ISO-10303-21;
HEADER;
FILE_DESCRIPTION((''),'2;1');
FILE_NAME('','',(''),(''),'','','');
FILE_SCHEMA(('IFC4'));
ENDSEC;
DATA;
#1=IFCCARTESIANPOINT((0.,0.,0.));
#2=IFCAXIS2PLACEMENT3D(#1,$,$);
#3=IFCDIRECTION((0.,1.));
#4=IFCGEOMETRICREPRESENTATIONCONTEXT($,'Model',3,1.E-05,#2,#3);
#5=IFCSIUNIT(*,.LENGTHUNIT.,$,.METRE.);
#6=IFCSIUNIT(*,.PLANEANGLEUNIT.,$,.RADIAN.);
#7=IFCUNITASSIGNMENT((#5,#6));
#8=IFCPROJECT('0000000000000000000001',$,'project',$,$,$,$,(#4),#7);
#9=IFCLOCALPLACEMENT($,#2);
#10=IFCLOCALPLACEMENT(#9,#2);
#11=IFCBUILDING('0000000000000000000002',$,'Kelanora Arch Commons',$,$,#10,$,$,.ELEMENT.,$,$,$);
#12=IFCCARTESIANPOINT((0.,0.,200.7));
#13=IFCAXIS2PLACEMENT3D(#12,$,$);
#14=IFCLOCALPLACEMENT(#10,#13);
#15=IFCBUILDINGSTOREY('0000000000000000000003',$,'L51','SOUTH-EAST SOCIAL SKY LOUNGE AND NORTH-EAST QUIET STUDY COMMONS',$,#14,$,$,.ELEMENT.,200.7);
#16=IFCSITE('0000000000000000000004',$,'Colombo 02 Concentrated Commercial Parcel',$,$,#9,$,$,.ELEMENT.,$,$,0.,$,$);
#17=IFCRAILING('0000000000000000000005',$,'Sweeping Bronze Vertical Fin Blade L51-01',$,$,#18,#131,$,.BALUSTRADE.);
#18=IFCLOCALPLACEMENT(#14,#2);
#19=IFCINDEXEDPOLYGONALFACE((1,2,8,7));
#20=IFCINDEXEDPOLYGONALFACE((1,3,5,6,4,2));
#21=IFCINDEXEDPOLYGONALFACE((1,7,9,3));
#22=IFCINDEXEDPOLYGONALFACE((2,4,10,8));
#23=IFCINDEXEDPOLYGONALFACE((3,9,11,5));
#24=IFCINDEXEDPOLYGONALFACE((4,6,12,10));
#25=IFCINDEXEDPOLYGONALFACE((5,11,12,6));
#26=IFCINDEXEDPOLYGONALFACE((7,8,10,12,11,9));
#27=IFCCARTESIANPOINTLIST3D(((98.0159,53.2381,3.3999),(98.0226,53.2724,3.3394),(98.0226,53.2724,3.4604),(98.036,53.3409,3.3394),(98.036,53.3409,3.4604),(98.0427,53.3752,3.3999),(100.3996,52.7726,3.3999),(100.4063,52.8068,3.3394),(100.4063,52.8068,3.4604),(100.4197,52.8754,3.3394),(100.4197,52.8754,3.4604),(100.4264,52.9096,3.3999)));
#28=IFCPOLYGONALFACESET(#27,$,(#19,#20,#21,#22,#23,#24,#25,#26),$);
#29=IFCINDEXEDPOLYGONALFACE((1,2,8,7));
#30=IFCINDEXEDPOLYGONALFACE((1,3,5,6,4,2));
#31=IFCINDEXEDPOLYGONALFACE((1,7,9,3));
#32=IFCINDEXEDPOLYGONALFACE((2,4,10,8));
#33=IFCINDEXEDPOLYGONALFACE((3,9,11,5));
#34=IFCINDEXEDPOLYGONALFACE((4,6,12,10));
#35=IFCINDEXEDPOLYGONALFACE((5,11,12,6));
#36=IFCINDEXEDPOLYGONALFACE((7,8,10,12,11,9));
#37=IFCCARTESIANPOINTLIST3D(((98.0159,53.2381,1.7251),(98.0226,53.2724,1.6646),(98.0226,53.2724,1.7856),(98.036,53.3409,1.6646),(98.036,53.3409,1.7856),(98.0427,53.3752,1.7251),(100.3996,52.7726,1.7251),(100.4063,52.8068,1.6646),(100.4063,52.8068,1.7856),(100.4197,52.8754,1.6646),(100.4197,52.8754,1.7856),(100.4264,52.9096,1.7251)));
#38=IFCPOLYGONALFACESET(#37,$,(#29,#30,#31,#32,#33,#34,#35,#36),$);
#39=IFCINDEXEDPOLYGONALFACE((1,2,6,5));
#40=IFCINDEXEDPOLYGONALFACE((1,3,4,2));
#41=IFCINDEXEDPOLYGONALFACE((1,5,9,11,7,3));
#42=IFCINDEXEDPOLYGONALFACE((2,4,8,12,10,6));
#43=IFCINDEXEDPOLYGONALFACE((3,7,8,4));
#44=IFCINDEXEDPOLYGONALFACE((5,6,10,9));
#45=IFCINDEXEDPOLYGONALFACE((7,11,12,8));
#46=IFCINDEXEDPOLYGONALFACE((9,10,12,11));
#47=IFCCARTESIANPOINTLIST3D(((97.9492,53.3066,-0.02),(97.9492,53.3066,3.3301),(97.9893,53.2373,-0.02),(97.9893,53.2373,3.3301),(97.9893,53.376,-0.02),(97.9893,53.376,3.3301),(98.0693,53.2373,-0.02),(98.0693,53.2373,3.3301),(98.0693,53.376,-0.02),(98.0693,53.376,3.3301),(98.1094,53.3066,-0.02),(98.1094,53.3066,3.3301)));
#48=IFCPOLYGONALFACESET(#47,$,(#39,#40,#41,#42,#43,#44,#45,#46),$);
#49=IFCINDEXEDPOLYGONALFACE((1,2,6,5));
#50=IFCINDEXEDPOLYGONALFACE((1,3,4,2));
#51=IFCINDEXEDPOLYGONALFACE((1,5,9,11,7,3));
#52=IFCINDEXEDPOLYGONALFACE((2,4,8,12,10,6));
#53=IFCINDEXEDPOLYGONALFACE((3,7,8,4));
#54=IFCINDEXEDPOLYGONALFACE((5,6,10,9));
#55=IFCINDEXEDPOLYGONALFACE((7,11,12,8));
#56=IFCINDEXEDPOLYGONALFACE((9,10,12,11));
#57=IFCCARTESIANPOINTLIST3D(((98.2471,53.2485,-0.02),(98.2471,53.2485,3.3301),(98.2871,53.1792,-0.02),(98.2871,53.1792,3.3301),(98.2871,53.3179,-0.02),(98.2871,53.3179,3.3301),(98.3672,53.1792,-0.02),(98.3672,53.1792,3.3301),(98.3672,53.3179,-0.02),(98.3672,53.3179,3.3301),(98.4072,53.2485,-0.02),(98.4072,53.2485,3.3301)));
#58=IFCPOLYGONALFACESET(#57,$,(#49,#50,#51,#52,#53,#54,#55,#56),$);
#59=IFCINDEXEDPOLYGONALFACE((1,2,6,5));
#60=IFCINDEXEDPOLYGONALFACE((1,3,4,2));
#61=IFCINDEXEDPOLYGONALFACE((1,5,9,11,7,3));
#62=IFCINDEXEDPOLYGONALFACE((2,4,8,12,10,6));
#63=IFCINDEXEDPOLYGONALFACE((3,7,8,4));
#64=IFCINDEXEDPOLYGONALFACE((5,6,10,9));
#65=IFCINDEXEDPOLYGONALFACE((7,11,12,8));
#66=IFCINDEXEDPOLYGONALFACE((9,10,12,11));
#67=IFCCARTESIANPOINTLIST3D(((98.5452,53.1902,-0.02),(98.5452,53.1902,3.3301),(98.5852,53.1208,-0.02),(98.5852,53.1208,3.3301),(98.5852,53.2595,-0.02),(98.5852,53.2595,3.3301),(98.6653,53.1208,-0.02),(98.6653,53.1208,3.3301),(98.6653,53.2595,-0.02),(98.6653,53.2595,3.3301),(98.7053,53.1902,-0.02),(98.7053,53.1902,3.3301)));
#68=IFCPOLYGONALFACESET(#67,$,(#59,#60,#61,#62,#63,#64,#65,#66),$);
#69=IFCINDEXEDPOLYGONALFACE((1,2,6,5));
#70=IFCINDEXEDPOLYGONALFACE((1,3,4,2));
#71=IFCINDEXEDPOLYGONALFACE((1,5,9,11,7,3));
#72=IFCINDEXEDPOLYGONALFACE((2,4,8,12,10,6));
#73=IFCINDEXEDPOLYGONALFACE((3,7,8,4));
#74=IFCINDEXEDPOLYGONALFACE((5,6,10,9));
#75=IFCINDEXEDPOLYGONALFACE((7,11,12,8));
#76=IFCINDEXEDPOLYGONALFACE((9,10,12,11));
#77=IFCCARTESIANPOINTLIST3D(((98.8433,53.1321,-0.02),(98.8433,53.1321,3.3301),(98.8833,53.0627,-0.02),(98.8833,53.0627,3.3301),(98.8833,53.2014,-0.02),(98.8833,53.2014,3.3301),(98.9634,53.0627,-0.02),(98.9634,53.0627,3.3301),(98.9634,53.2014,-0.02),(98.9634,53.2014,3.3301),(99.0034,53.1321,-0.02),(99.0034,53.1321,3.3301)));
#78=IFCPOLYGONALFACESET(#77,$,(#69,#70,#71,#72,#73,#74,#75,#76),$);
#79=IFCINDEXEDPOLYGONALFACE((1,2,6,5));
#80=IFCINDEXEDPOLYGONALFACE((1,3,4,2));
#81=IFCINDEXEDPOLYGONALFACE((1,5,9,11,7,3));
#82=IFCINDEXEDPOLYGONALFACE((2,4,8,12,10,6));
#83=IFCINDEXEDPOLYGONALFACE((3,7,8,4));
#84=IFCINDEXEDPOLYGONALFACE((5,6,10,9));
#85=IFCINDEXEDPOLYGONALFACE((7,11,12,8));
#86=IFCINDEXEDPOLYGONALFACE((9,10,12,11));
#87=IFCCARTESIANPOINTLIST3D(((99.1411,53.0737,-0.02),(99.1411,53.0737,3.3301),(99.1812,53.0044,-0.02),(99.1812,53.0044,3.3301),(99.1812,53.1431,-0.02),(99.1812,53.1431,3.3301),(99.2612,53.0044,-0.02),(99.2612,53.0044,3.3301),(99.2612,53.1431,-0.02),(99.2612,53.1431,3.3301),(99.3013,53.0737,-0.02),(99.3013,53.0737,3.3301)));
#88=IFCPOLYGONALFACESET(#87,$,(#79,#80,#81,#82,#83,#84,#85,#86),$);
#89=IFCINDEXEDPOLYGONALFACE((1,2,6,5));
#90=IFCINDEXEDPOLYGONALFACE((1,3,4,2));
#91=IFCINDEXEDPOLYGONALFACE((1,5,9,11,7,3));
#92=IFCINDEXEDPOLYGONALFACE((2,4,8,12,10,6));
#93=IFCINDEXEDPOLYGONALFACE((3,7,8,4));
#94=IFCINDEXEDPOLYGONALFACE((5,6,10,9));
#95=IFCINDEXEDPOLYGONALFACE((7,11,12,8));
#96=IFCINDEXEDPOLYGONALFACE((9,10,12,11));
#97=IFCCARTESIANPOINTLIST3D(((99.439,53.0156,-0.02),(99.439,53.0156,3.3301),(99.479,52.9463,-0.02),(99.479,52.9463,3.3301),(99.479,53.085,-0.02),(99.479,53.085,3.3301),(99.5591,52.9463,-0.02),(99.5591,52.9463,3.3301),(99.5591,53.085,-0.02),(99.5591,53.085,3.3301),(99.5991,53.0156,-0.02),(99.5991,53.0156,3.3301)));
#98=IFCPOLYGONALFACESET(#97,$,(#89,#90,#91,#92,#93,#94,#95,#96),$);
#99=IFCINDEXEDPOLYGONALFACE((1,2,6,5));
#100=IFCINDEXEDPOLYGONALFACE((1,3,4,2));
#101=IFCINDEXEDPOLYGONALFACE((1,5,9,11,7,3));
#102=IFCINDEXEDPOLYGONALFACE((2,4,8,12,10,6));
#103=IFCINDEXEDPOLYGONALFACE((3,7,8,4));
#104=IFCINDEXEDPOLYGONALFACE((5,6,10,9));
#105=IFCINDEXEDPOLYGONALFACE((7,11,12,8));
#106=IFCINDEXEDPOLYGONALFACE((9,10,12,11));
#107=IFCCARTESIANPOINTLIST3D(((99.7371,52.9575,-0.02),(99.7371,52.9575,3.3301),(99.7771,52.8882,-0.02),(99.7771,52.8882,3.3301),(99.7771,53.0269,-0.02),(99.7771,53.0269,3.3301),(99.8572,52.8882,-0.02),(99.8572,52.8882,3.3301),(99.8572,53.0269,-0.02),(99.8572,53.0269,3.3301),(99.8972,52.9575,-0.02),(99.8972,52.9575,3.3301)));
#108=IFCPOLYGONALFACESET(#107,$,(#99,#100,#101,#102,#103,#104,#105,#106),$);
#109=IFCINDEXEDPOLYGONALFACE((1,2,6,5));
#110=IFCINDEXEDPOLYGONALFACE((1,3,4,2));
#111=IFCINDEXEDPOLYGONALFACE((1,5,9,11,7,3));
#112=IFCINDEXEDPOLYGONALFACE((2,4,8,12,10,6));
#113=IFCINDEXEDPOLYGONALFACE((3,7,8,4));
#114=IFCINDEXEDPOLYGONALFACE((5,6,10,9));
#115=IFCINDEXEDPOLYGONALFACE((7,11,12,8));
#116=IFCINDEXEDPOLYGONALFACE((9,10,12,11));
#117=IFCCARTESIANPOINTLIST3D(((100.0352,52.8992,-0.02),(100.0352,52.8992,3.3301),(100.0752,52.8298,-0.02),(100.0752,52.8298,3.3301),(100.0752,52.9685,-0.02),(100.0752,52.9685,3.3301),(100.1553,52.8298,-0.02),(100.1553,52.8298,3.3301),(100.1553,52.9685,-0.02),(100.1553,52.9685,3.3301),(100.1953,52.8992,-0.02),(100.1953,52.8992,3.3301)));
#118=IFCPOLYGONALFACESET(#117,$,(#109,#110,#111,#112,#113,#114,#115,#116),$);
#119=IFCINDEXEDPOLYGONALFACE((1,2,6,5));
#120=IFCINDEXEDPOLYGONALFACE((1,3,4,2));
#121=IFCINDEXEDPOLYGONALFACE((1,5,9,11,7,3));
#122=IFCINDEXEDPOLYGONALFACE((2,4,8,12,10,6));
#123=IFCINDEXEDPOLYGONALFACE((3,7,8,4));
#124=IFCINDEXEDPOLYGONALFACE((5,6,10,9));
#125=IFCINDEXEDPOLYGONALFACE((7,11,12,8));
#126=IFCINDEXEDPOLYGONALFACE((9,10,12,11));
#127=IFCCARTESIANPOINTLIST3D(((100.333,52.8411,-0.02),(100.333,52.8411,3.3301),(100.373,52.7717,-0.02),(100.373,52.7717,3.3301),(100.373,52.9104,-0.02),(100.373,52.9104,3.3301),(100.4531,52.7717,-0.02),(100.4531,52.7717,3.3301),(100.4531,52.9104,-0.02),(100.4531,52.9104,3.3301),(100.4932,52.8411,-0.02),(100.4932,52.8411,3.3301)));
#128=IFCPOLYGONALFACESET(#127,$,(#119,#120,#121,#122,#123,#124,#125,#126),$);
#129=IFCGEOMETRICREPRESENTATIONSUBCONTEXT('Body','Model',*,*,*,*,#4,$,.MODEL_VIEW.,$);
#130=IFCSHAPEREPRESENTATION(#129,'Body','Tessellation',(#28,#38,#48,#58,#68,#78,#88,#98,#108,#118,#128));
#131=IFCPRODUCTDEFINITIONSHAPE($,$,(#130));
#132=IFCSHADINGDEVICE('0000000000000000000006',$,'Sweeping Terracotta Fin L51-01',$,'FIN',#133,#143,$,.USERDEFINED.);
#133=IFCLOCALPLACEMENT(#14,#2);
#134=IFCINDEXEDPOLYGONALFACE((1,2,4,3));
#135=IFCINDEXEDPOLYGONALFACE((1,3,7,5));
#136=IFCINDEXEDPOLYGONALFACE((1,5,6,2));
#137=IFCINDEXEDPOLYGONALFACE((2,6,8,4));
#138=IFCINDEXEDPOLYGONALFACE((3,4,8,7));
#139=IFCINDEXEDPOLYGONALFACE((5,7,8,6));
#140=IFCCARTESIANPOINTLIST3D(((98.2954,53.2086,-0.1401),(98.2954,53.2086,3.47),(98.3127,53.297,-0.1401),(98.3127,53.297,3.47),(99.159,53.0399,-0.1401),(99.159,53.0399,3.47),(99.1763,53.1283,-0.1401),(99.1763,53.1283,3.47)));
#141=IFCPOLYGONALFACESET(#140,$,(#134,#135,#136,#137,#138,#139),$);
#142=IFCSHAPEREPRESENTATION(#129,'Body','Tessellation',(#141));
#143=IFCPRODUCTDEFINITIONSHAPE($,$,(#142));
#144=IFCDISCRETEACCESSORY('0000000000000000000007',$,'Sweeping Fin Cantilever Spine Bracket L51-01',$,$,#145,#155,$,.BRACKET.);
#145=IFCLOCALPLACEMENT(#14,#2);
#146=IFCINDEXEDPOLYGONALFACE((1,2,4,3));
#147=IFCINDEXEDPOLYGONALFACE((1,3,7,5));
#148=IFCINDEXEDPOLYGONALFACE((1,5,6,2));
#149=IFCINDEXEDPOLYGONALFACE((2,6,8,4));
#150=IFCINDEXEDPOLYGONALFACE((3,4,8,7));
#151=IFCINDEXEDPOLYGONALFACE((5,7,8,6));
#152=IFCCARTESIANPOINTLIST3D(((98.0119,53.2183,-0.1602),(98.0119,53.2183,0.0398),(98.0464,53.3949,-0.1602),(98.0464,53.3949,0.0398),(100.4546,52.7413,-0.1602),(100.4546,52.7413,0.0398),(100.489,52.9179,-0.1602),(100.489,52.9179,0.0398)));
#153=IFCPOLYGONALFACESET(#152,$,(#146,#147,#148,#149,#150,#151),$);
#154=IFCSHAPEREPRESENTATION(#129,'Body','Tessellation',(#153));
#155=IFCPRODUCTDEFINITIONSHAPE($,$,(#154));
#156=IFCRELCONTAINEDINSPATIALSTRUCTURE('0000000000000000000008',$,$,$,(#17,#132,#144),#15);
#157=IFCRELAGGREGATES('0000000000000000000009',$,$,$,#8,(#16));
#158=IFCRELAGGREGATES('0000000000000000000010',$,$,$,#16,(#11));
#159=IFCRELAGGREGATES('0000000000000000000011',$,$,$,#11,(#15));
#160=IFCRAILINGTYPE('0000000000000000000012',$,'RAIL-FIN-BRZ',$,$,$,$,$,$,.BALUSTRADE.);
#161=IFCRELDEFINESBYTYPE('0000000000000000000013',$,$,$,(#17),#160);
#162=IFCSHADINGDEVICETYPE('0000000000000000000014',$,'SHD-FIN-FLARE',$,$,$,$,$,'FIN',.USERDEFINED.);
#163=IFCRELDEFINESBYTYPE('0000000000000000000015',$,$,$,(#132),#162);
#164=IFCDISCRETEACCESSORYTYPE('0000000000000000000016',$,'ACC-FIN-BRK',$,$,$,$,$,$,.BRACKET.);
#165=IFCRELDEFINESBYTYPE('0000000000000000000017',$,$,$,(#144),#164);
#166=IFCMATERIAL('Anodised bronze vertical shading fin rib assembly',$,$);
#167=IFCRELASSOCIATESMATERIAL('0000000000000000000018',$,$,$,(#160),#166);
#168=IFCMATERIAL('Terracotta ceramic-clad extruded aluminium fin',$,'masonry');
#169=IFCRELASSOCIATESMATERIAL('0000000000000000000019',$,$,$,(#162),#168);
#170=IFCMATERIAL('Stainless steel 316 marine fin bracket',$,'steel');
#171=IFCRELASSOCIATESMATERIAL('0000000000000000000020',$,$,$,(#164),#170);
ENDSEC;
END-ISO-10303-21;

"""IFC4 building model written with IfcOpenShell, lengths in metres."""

from ifc_helpers import new_model, si_unit, direction, frame, origin, origin_2d, place, context, subcontext, project, spatial, polyline, rectangle, outline, extrude, source, transform, mapped, material, type_object, element, save


model = new_model("IFC4")

# Units and contexts
model_context = context("Model", 3, precision=1e-05, world=origin(), true_north=direction((0.0, 1.0)))
body_context = subcontext(model_context, "Body", "Model", "MODEL_VIEW")
ifc_project = project(units=[si_unit("LENGTHUNIT", "METRE"), si_unit("PLANEANGLEUNIT", "RADIAN")], contexts=[model_context])

# Site, building, storey
site_placement = place(None, origin())
site = spatial("IfcSite", under=ifc_project, at=site_placement, Name="Colombo 02 Concentrated Commercial Parcel", CompositionType="ELEMENT", RefElevation=0.0)
building_placement = place(site_placement, origin())
building = spatial("IfcBuilding", under=site, at=building_placement, Name="Kelanora Arch Commons", CompositionType="ELEMENT")
storey_placement = place(building_placement, frame((0.0, 0.0, 200.7)))
storey = spatial("IfcBuildingStorey", under=building, at=storey_placement, Name="L51", Description="SOUTH-EAST SOCIAL SKY LOUNGE AND NORTH-EAST QUIET STUDY COMMONS", CompositionType="ELEMENT", Elevation=200.7)

# Railing
ifc_material_1 = material(Name="Anodised bronze vertical shading fin rib assembly")
railing_type = type_object("IfcRailingType", Name="RAIL-FIN-BRZ", PredefinedType="BALUSTRADE", material=ifc_material_1)
railing_placement = place(storey_placement, frame((98.0293, 53.3066, -0.02)))
element("IfcRailing", 1, at=railing_placement, inside=storey, type_object=railing_type, Name="Sweeping Bronze Vertical Fin Blade L51-01", PredefinedType="BALUSTRADE", context=body_context, shape_type="SweptSolid", body=[
    extrude(outline(polyline([(0.0698, 0.0), (0.0349, 0.0605), (-0.0349, 0.0605), (-0.0698, 0.0), (-0.0349, -0.0605), (0.0349, -0.0605), (0.0698, 0.0)])), frame((0.0, 0.0, 3.4199), z_axis=(0.981456, -0.191687, 0.0), x_axis=(0.191687, 0.981456, 0.0)), (0.0, 0.0, 1.0), 2.4287),
    extrude(outline(polyline([(0.0698, 0.0), (0.0349, 0.0605), (-0.0349, 0.0605), (-0.0698, 0.0), (-0.0349, -0.0605), (0.0349, -0.0605), (0.0698, 0.0)])), frame((0.0, 0.0, 1.7451), z_axis=(0.981456, -0.191687, 0.0), x_axis=(0.191687, 0.981456, 0.0)), (0.0, 0.0, 1.0), 2.4287),
    extrude(outline(polyline([(0.0801, 0.0), (0.04, 0.0693), (-0.04, 0.0693), (-0.0801, 0.0), (-0.04, -0.0693), (0.04, -0.0693), (0.0801, 0.0)])), origin(), (0.0, 0.0, 1.0), 3.3501),
    extrude(outline(polyline([(0.0801, 0.0), (0.04, 0.0693), (-0.04, 0.0693), (-0.0801, 0.0), (-0.04, -0.0693), (0.04, -0.0693), (0.0801, 0.0)])), frame((0.2979, -0.0581, 0.0)), (0.0, 0.0, 1.0), 3.3501),
    extrude(outline(polyline([(0.0801, 0.0), (0.04, 0.0693), (-0.04, 0.0693), (-0.0801, 0.0), (-0.04, -0.0693), (0.04, -0.0693), (0.0801, 0.0)])), frame((0.5959, -0.1165, 0.0)), (0.0, 0.0, 1.0), 3.3501),
    extrude(outline(polyline([(0.0801, 0.0), (0.04, 0.0693), (-0.04, 0.0693), (-0.0801, 0.0), (-0.04, -0.0693), (0.04, -0.0693), (0.0801, 0.0)])), frame((0.894, -0.1746, 0.0)), (0.0, 0.0, 1.0), 3.3501),
    extrude(outline(polyline([(0.0801, 0.0), (0.04, 0.0693), (-0.04, 0.0693), (-0.0801, 0.0), (-0.04, -0.0693), (0.04, -0.0693), (0.0801, 0.0)])), frame((1.1919, -0.2329, 0.0)), (0.0, 0.0, 1.0), 3.3501),
    extrude(outline(polyline([(0.0801, 0.0), (0.04, 0.0693), (-0.04, 0.0693), (-0.0801, 0.0), (-0.04, -0.0693), (0.04, -0.0693), (0.0801, 0.0)])), frame((1.4897, -0.291, 0.0)), (0.0, 0.0, 1.0), 3.3501),
    extrude(outline(polyline([(0.0801, 0.0), (0.04, 0.0693), (-0.04, 0.0693), (-0.0801, 0.0), (-0.04, -0.0693), (0.04, -0.0693), (0.0801, 0.0)])), frame((1.7878, -0.3491, 0.0)), (0.0, 0.0, 1.0), 3.3501),
    extrude(outline(polyline([(0.0801, 0.0), (0.04, 0.0693), (-0.04, 0.0693), (-0.0801, 0.0), (-0.04, -0.0693), (0.04, -0.0693), (0.0801, 0.0)])), frame((2.0859, -0.4075, 0.0)), (0.0, 0.0, 1.0), 3.3501),
    extrude(outline(polyline([(0.0801, 0.0), (0.04, 0.0693), (-0.04, 0.0693), (-0.0801, 0.0), (-0.04, -0.0693), (0.04, -0.0693), (0.0801, 0.0)])), frame((2.3838, -0.4656, 0.0)), (0.0, 0.0, 1.0), 3.3501),
])

# Shading device
ifc_material_2 = material(Name="Terracotta ceramic-clad extruded aluminium fin", Category="masonry")
shading_device_type = type_object("IfcShadingDeviceType", Name="SHD-FIN-FLARE", ElementType="FIN", PredefinedType="USERDEFINED", material=ifc_material_2)
shared_shape_1 = source(origin(), body_context, "Body", "SweptSolid", [
    extrude(rectangle(XDim=0.8799, YDim=0.0901, at=origin_2d()), origin(), (0.0, 0.0, 1.0), 3.6101),
])
shading_device_placement = place(storey_placement, frame((98.7358, 53.1685, -0.1401), z_axis=(0.0, 0.0, 1.0), x_axis=(0.98146, -0.191666, 0.0)))
element("IfcShadingDevice", 2, at=shading_device_placement, inside=storey, type_object=shading_device_type, Name="Sweeping Terracotta Fin L51-01", ObjectType="FIN", PredefinedType="USERDEFINED", context=body_context, shape_type="MappedRepresentation", body=[
    mapped(shared_shape_1, transform((0.0, 0.0, 0.0), scale=1.0)),
])

# Discrete accessory
ifc_material_3 = material(Name="Stainless steel 316 marine fin bracket", Category="steel")
discrete_accessory_type = type_object("IfcDiscreteAccessoryType", Name="ACC-FIN-BRK", PredefinedType="BRACKET", material=ifc_material_3)
shared_shape_2 = source(origin(), body_context, "Body", "SweptSolid", [
    extrude(rectangle(XDim=2.4888, YDim=0.1799, at=origin_2d()), origin(), (0.0, 0.0, 1.0), 0.2),
])
discrete_accessory_placement = place(storey_placement, frame((99.2505, 53.0681, -0.1602), z_axis=(0.0, 0.0, 1.0), x_axis=(0.98146, -0.191666, 0.0)))
element("IfcDiscreteAccessory", 3, at=discrete_accessory_placement, inside=storey, type_object=discrete_accessory_type, Name="Sweeping Fin Cantilever Spine Bracket L51-01", PredefinedType="BRACKET", context=body_context, shape_type="MappedRepresentation", body=[
    mapped(shared_shape_2, transform((0.0, 0.0, 0.0), scale=1.0)),
])

save(model, "model.ifc")
